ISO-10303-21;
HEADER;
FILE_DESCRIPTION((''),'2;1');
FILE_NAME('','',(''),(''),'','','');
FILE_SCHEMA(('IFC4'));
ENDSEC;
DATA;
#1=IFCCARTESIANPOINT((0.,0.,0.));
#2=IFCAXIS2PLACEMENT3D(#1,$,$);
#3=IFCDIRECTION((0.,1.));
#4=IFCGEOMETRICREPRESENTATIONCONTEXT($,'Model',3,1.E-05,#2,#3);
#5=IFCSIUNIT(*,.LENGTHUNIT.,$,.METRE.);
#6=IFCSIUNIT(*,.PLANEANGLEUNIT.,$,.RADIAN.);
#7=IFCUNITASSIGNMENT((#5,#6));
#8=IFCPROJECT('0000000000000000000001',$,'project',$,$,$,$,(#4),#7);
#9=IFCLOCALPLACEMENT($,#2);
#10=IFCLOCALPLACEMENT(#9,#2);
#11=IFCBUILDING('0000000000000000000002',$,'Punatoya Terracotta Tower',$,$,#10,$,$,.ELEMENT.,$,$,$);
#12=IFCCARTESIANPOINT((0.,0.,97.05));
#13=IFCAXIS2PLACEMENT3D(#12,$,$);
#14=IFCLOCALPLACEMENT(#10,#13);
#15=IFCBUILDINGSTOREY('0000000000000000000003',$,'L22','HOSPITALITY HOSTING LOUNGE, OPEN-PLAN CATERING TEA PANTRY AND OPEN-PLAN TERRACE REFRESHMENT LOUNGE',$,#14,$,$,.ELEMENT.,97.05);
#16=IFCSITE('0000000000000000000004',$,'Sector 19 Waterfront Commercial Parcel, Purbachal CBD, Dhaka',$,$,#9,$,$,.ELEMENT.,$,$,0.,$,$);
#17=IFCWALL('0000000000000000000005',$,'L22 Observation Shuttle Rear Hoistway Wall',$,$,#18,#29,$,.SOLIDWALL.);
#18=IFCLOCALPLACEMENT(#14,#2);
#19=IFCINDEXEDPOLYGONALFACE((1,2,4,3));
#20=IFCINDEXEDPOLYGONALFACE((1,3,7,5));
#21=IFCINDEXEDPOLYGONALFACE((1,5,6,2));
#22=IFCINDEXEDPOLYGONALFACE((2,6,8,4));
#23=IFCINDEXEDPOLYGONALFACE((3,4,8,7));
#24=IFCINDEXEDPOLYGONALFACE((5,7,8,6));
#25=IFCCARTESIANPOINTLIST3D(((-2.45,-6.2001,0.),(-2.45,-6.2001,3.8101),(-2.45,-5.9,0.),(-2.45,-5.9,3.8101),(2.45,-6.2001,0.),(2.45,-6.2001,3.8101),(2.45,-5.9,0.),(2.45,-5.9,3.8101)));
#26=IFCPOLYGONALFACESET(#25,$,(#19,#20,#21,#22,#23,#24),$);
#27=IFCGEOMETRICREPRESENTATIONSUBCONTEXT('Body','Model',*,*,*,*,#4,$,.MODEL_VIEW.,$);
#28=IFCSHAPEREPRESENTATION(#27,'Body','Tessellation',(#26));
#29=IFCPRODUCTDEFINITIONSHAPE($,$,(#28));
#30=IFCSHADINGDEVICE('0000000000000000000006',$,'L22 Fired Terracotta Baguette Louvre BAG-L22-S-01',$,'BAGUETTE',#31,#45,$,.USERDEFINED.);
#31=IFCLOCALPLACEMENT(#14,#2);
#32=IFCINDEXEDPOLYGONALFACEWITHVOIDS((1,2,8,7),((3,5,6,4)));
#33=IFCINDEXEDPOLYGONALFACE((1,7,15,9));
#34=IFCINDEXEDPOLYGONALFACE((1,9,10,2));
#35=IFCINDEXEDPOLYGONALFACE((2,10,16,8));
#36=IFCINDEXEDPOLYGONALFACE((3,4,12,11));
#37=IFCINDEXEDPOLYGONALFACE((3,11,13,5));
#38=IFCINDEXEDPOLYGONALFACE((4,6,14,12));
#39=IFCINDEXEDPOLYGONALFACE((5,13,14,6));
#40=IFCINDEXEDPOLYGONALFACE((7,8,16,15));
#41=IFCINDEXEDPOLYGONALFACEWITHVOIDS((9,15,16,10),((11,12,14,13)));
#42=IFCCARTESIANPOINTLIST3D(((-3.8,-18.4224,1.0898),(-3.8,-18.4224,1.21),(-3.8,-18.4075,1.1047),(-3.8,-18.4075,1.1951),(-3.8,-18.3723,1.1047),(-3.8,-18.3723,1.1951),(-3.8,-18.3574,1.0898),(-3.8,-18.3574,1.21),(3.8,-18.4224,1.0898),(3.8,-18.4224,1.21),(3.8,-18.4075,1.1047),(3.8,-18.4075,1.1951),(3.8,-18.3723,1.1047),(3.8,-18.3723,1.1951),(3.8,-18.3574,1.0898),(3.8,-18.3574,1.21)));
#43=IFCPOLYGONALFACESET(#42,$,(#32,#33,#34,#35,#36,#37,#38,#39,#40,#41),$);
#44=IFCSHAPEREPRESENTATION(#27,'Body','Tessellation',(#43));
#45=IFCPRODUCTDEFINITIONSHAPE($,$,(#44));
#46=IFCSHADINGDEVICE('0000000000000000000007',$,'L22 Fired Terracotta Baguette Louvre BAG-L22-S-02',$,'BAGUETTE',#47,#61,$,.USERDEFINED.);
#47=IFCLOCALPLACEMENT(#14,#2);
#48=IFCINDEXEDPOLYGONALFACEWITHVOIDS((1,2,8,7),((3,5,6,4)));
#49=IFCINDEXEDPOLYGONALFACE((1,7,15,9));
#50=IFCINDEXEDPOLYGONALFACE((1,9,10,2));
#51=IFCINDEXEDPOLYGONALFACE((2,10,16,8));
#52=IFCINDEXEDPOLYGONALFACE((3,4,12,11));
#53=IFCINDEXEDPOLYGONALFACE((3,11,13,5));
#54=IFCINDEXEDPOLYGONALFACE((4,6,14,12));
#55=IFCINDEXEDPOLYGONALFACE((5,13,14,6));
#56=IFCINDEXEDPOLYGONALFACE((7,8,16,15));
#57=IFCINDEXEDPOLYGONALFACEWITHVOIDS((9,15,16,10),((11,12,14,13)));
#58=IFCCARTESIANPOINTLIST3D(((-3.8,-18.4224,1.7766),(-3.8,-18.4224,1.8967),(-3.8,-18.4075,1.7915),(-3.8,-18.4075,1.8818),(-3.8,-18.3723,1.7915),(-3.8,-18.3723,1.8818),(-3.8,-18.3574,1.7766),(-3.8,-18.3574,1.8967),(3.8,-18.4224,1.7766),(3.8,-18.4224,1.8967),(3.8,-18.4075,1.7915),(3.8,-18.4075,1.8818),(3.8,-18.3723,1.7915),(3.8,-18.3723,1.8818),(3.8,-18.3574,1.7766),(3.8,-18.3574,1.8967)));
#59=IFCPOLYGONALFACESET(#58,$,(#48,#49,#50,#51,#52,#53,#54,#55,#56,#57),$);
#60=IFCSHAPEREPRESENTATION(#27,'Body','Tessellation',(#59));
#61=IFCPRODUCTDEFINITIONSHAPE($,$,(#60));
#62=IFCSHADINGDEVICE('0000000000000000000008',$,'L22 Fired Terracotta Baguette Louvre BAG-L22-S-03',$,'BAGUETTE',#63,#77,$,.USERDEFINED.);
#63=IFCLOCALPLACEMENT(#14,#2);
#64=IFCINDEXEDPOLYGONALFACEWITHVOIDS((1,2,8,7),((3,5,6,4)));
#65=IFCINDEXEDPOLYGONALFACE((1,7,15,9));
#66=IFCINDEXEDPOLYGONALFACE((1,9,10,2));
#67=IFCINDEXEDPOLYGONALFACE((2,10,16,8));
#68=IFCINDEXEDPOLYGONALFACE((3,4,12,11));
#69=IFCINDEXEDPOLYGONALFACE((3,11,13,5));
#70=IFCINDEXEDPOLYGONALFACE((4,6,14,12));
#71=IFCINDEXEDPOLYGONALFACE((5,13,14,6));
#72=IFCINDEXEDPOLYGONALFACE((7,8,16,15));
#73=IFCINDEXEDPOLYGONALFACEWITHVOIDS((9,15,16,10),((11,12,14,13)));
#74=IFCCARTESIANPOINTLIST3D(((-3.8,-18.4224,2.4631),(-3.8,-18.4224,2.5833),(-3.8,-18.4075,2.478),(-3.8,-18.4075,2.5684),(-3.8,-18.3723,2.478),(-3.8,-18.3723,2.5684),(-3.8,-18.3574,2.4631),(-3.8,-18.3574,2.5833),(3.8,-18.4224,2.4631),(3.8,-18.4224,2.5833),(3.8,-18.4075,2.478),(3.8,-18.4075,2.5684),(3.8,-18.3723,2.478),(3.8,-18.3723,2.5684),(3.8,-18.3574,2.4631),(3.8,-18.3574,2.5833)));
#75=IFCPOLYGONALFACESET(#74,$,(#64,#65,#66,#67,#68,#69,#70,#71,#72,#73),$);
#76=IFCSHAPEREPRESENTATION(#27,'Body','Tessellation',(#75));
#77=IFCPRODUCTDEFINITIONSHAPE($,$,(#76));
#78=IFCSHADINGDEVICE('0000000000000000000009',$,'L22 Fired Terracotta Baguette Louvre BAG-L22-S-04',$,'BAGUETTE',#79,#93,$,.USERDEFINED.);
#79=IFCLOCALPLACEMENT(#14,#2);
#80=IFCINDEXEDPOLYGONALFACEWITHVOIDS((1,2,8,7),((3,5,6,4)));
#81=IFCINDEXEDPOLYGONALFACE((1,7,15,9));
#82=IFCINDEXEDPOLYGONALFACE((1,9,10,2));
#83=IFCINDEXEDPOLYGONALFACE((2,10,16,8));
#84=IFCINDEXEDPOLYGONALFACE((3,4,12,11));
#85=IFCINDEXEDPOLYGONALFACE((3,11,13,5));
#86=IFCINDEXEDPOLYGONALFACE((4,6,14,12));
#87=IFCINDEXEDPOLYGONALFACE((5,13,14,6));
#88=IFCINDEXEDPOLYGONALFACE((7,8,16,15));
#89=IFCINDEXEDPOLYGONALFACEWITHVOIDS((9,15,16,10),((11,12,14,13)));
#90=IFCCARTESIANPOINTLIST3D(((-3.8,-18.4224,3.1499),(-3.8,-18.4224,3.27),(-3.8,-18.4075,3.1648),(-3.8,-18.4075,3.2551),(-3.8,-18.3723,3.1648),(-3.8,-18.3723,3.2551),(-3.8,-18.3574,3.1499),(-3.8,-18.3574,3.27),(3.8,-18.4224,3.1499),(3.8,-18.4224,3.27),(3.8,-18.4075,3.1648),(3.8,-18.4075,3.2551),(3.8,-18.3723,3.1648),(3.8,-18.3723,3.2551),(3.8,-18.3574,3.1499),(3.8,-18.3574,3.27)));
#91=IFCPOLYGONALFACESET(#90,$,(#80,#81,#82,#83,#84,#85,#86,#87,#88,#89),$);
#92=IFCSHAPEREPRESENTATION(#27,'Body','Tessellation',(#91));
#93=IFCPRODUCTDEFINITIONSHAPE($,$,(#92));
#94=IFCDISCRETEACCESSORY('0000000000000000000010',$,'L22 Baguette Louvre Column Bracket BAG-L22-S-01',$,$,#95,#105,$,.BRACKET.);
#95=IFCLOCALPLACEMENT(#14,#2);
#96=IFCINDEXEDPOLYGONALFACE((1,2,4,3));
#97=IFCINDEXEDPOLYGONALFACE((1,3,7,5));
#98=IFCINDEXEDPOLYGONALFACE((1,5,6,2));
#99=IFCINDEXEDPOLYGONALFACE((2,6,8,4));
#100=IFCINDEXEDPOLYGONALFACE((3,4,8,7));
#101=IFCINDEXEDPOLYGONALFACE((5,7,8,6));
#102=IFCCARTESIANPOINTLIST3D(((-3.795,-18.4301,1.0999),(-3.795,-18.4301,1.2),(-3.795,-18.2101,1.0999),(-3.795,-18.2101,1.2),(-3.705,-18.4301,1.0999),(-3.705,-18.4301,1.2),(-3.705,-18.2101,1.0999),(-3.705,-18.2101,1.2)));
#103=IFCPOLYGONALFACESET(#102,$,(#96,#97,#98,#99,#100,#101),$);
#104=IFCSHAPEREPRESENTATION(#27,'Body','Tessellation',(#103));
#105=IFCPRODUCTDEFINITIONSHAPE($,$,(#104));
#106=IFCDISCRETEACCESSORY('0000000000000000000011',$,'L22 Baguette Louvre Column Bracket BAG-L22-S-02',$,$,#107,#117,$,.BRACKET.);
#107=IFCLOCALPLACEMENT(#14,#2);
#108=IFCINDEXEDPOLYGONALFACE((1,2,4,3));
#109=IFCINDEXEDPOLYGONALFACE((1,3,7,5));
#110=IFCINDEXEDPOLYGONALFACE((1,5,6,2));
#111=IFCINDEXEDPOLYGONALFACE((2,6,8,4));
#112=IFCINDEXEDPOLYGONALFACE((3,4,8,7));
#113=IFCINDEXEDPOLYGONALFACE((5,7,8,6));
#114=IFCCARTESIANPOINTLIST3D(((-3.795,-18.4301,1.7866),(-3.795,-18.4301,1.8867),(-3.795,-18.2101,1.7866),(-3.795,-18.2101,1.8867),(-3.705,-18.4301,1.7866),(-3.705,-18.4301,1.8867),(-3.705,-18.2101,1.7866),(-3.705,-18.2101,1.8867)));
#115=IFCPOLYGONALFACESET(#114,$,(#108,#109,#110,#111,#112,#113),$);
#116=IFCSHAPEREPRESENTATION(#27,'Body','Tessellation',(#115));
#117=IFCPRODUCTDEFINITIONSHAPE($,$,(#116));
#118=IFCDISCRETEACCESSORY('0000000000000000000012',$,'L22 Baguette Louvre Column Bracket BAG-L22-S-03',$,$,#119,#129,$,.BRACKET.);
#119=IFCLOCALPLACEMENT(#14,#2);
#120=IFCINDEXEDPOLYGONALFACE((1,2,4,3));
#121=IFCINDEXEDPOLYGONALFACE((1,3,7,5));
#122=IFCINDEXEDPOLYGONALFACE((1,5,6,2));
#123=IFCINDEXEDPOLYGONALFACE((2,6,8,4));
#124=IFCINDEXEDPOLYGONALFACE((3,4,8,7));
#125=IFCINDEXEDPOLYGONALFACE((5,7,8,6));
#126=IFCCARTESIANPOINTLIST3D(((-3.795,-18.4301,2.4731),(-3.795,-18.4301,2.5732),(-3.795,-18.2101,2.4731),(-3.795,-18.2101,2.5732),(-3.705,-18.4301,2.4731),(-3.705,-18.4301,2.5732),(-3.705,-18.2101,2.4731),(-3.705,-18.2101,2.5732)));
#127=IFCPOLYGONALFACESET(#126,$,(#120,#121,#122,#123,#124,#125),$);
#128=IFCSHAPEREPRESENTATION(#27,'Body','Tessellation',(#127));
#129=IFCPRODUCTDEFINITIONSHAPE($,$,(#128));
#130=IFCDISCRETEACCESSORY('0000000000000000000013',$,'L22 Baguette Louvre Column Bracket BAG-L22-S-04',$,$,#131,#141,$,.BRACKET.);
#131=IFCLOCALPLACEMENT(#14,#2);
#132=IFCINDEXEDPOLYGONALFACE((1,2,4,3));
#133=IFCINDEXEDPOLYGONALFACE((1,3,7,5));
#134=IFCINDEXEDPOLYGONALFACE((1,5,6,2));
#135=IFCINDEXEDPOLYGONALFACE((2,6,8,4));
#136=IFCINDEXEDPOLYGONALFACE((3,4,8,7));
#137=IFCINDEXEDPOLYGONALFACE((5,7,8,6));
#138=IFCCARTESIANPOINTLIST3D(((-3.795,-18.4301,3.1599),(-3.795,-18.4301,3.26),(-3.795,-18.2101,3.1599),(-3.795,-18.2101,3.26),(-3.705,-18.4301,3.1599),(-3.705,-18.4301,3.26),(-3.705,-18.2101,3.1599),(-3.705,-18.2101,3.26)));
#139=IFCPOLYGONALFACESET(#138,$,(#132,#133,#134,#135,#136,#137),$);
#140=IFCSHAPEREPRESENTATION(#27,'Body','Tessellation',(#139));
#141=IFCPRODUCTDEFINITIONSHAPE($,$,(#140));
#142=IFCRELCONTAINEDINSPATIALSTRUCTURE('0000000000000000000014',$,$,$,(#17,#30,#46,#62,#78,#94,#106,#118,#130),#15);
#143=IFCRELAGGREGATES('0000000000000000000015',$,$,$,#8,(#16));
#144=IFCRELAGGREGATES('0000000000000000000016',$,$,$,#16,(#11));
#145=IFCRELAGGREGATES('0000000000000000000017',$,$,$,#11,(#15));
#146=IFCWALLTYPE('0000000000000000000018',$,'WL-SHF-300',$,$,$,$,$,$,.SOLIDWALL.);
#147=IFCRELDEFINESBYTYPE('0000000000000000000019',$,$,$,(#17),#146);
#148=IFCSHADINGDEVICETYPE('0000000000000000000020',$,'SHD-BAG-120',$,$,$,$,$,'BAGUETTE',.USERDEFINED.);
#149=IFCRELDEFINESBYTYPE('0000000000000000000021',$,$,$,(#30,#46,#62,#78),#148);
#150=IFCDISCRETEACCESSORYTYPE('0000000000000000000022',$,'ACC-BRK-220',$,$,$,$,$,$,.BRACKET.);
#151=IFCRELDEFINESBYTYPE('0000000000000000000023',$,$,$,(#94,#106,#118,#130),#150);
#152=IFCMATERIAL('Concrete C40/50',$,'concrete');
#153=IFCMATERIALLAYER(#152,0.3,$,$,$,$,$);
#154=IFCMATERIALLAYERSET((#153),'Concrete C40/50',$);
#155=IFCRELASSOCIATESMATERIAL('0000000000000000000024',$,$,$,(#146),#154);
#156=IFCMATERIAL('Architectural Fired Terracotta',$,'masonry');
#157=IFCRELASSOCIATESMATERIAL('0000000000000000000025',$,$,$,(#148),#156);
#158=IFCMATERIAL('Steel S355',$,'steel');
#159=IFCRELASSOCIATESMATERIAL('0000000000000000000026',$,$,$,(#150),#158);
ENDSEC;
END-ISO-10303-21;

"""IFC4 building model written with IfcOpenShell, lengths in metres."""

from ifc_helpers import new_model, si_unit, direction, frame, frame_2d, origin, origin_2d, place, context, subcontext, project, spatial, rectangle, hollow_rectangle, extrude, material, layer, layer_set, material_profile, profile_set, type_object, element, save


model = new_model("IFC4")

# Units and contexts
model_context = context("Model", 3, precision=1e-05, world=origin(), true_north=direction((0.0, 1.0)))
body_context = subcontext(model_context, "Body", "Model", "MODEL_VIEW")
ifc_project = project(units=[si_unit("LENGTHUNIT", "METRE"), si_unit("PLANEANGLEUNIT", "RADIAN")], contexts=[model_context])

# Site, building, storey
site_placement = place(None, origin())
site = spatial("IfcSite", under=ifc_project, at=site_placement, Name="Sector 19 Waterfront Commercial Parcel, Purbachal CBD, Dhaka", CompositionType="ELEMENT", RefElevation=0.0)
building_placement = place(site_placement, origin())
building = spatial("IfcBuilding", under=site, at=building_placement, Name="Punatoya Terracotta Tower", CompositionType="ELEMENT")
storey_placement = place(building_placement, frame((0.0, 0.0, 97.05)))
storey = spatial("IfcBuildingStorey", under=building, at=storey_placement, Name="L22", Description="HOSPITALITY HOSTING LOUNGE, OPEN-PLAN CATERING TEA PANTRY AND OPEN-PLAN TERRACE REFRESHMENT LOUNGE", CompositionType="ELEMENT", Elevation=97.05)

# Shared definitions
ifc_material_1 = material(Name="Steel S355", Category="steel")

# Shared definitions
ifc_material_2 = material(Name="Concrete C40/50", Category="concrete")
ifc_layer_1 = layer(ifc_material_2, 0.3)
ifc_layer_set_1 = layer_set([ifc_layer_1], Name="Concrete C40/50")
wall_type_1 = type_object("IfcWallType", Name="WL-SHF-300", PredefinedType="SOLIDWALL", material=ifc_layer_set_1)

# Wall
wall_1_placement = place(storey_placement, frame((-2.45, -6.05, 0.0), z_axis=(0.0, 0.0, 1.0), x_axis=(1.0, 0.0, 0.0)))
element("IfcWall", 1, at=wall_1_placement, inside=storey, type_object=wall_type_1, Name="L22 Observation Shuttle Rear Hoistway Wall", PredefinedType="SOLIDWALL", context=body_context, shape_type="SweptSolid", body=[
    extrude(rectangle(XDim=4.8999, YDim=0.3, at=frame_2d((2.45, 0.0))), origin(), (0.0, 0.0, 1.0), 3.8101),
])

# Shading devices
ifc_material_3 = material(Name="Architectural Fired Terracotta", Category="masonry")
ifc_material_profile_1 = material_profile(ifc_material_3, hollow_rectangle(XDim=0.0649, YDim=0.1201, WallThickness=0.0149, at=origin_2d()))
ifc_profile_set_1 = profile_set([ifc_material_profile_1], Name="Architectural Fired Terracotta")
shading_device_type = type_object("IfcShadingDeviceType", Name="SHD-BAG-120", ElementType="BAGUETTE", PredefinedType="USERDEFINED", material=ifc_profile_set_1)
for number, where, z_axis, x_axis, name in (
    (2, (-3.8, -18.3899, 1.1499), (1.0, 0.0, 0.0), (0.0, 1.0, 0.0), "L22 Fired Terracotta Baguette Louvre BAG-L22-S-01"),
    (3, (-3.8, -18.3899, 1.8367), (1.0, 0.0, 0.0), (0.0, 1.0, 0.0), "L22 Fired Terracotta Baguette Louvre BAG-L22-S-02"),
    (4, (-3.8, -18.3899, 2.5232), (1.0, 0.0, 0.0), (0.0, 1.0, 0.0), "L22 Fired Terracotta Baguette Louvre BAG-L22-S-03"),
    (5, (-3.8, -18.3899, 3.21), (1.0, 0.0, 0.0), (0.0, 1.0, 0.0), "L22 Fired Terracotta Baguette Louvre BAG-L22-S-04"),
):
    element("IfcShadingDevice", number, at=place(storey_placement, frame(where, z_axis=z_axis, x_axis=x_axis)), inside=storey, type_object=shading_device_type, Name=name, ObjectType="BAGUETTE", PredefinedType="USERDEFINED", context=body_context, shape_type="SweptSolid", body=[
        extrude(hollow_rectangle(XDim=0.0649, YDim=0.1201, WallThickness=0.0149, at=origin_2d()), origin(), (0.0, 0.0, 1.0), 7.6001),
    ])

# Discrete accessories
discrete_accessory_type = type_object("IfcDiscreteAccessoryType", Name="ACC-BRK-220", PredefinedType="BRACKET", material=ifc_material_1)
for number, where, z_axis, x_axis, name in (
    (6, (-3.75, -18.3201, 1.0999), (0.0, 0.0, 1.0), (1.0, 0.0, 0.0), "L22 Baguette Louvre Column Bracket BAG-L22-S-01"),
    (7, (-3.75, -18.3201, 1.7866), (0.0, 0.0, 1.0), (1.0, 0.0, 0.0), "L22 Baguette Louvre Column Bracket BAG-L22-S-02"),
    (8, (-3.75, -18.3201, 2.4731), (0.0, 0.0, 1.0), (1.0, 0.0, 0.0), "L22 Baguette Louvre Column Bracket BAG-L22-S-03"),
    (9, (-3.75, -18.3201, 3.1599), (0.0, 0.0, 1.0), (1.0, 0.0, 0.0), "L22 Baguette Louvre Column Bracket BAG-L22-S-04"),
):
    element("IfcDiscreteAccessory", number, at=place(storey_placement, frame(where, z_axis=z_axis, x_axis=x_axis)), inside=storey, type_object=discrete_accessory_type, Name=name, PredefinedType="BRACKET", context=body_context, shape_type="SweptSolid", body=[
        extrude(rectangle(XDim=0.0901, YDim=0.22, at=origin_2d()), origin(), (0.0, 0.0, 1.0), 0.1001),
    ])

save(model, "model.ifc")
